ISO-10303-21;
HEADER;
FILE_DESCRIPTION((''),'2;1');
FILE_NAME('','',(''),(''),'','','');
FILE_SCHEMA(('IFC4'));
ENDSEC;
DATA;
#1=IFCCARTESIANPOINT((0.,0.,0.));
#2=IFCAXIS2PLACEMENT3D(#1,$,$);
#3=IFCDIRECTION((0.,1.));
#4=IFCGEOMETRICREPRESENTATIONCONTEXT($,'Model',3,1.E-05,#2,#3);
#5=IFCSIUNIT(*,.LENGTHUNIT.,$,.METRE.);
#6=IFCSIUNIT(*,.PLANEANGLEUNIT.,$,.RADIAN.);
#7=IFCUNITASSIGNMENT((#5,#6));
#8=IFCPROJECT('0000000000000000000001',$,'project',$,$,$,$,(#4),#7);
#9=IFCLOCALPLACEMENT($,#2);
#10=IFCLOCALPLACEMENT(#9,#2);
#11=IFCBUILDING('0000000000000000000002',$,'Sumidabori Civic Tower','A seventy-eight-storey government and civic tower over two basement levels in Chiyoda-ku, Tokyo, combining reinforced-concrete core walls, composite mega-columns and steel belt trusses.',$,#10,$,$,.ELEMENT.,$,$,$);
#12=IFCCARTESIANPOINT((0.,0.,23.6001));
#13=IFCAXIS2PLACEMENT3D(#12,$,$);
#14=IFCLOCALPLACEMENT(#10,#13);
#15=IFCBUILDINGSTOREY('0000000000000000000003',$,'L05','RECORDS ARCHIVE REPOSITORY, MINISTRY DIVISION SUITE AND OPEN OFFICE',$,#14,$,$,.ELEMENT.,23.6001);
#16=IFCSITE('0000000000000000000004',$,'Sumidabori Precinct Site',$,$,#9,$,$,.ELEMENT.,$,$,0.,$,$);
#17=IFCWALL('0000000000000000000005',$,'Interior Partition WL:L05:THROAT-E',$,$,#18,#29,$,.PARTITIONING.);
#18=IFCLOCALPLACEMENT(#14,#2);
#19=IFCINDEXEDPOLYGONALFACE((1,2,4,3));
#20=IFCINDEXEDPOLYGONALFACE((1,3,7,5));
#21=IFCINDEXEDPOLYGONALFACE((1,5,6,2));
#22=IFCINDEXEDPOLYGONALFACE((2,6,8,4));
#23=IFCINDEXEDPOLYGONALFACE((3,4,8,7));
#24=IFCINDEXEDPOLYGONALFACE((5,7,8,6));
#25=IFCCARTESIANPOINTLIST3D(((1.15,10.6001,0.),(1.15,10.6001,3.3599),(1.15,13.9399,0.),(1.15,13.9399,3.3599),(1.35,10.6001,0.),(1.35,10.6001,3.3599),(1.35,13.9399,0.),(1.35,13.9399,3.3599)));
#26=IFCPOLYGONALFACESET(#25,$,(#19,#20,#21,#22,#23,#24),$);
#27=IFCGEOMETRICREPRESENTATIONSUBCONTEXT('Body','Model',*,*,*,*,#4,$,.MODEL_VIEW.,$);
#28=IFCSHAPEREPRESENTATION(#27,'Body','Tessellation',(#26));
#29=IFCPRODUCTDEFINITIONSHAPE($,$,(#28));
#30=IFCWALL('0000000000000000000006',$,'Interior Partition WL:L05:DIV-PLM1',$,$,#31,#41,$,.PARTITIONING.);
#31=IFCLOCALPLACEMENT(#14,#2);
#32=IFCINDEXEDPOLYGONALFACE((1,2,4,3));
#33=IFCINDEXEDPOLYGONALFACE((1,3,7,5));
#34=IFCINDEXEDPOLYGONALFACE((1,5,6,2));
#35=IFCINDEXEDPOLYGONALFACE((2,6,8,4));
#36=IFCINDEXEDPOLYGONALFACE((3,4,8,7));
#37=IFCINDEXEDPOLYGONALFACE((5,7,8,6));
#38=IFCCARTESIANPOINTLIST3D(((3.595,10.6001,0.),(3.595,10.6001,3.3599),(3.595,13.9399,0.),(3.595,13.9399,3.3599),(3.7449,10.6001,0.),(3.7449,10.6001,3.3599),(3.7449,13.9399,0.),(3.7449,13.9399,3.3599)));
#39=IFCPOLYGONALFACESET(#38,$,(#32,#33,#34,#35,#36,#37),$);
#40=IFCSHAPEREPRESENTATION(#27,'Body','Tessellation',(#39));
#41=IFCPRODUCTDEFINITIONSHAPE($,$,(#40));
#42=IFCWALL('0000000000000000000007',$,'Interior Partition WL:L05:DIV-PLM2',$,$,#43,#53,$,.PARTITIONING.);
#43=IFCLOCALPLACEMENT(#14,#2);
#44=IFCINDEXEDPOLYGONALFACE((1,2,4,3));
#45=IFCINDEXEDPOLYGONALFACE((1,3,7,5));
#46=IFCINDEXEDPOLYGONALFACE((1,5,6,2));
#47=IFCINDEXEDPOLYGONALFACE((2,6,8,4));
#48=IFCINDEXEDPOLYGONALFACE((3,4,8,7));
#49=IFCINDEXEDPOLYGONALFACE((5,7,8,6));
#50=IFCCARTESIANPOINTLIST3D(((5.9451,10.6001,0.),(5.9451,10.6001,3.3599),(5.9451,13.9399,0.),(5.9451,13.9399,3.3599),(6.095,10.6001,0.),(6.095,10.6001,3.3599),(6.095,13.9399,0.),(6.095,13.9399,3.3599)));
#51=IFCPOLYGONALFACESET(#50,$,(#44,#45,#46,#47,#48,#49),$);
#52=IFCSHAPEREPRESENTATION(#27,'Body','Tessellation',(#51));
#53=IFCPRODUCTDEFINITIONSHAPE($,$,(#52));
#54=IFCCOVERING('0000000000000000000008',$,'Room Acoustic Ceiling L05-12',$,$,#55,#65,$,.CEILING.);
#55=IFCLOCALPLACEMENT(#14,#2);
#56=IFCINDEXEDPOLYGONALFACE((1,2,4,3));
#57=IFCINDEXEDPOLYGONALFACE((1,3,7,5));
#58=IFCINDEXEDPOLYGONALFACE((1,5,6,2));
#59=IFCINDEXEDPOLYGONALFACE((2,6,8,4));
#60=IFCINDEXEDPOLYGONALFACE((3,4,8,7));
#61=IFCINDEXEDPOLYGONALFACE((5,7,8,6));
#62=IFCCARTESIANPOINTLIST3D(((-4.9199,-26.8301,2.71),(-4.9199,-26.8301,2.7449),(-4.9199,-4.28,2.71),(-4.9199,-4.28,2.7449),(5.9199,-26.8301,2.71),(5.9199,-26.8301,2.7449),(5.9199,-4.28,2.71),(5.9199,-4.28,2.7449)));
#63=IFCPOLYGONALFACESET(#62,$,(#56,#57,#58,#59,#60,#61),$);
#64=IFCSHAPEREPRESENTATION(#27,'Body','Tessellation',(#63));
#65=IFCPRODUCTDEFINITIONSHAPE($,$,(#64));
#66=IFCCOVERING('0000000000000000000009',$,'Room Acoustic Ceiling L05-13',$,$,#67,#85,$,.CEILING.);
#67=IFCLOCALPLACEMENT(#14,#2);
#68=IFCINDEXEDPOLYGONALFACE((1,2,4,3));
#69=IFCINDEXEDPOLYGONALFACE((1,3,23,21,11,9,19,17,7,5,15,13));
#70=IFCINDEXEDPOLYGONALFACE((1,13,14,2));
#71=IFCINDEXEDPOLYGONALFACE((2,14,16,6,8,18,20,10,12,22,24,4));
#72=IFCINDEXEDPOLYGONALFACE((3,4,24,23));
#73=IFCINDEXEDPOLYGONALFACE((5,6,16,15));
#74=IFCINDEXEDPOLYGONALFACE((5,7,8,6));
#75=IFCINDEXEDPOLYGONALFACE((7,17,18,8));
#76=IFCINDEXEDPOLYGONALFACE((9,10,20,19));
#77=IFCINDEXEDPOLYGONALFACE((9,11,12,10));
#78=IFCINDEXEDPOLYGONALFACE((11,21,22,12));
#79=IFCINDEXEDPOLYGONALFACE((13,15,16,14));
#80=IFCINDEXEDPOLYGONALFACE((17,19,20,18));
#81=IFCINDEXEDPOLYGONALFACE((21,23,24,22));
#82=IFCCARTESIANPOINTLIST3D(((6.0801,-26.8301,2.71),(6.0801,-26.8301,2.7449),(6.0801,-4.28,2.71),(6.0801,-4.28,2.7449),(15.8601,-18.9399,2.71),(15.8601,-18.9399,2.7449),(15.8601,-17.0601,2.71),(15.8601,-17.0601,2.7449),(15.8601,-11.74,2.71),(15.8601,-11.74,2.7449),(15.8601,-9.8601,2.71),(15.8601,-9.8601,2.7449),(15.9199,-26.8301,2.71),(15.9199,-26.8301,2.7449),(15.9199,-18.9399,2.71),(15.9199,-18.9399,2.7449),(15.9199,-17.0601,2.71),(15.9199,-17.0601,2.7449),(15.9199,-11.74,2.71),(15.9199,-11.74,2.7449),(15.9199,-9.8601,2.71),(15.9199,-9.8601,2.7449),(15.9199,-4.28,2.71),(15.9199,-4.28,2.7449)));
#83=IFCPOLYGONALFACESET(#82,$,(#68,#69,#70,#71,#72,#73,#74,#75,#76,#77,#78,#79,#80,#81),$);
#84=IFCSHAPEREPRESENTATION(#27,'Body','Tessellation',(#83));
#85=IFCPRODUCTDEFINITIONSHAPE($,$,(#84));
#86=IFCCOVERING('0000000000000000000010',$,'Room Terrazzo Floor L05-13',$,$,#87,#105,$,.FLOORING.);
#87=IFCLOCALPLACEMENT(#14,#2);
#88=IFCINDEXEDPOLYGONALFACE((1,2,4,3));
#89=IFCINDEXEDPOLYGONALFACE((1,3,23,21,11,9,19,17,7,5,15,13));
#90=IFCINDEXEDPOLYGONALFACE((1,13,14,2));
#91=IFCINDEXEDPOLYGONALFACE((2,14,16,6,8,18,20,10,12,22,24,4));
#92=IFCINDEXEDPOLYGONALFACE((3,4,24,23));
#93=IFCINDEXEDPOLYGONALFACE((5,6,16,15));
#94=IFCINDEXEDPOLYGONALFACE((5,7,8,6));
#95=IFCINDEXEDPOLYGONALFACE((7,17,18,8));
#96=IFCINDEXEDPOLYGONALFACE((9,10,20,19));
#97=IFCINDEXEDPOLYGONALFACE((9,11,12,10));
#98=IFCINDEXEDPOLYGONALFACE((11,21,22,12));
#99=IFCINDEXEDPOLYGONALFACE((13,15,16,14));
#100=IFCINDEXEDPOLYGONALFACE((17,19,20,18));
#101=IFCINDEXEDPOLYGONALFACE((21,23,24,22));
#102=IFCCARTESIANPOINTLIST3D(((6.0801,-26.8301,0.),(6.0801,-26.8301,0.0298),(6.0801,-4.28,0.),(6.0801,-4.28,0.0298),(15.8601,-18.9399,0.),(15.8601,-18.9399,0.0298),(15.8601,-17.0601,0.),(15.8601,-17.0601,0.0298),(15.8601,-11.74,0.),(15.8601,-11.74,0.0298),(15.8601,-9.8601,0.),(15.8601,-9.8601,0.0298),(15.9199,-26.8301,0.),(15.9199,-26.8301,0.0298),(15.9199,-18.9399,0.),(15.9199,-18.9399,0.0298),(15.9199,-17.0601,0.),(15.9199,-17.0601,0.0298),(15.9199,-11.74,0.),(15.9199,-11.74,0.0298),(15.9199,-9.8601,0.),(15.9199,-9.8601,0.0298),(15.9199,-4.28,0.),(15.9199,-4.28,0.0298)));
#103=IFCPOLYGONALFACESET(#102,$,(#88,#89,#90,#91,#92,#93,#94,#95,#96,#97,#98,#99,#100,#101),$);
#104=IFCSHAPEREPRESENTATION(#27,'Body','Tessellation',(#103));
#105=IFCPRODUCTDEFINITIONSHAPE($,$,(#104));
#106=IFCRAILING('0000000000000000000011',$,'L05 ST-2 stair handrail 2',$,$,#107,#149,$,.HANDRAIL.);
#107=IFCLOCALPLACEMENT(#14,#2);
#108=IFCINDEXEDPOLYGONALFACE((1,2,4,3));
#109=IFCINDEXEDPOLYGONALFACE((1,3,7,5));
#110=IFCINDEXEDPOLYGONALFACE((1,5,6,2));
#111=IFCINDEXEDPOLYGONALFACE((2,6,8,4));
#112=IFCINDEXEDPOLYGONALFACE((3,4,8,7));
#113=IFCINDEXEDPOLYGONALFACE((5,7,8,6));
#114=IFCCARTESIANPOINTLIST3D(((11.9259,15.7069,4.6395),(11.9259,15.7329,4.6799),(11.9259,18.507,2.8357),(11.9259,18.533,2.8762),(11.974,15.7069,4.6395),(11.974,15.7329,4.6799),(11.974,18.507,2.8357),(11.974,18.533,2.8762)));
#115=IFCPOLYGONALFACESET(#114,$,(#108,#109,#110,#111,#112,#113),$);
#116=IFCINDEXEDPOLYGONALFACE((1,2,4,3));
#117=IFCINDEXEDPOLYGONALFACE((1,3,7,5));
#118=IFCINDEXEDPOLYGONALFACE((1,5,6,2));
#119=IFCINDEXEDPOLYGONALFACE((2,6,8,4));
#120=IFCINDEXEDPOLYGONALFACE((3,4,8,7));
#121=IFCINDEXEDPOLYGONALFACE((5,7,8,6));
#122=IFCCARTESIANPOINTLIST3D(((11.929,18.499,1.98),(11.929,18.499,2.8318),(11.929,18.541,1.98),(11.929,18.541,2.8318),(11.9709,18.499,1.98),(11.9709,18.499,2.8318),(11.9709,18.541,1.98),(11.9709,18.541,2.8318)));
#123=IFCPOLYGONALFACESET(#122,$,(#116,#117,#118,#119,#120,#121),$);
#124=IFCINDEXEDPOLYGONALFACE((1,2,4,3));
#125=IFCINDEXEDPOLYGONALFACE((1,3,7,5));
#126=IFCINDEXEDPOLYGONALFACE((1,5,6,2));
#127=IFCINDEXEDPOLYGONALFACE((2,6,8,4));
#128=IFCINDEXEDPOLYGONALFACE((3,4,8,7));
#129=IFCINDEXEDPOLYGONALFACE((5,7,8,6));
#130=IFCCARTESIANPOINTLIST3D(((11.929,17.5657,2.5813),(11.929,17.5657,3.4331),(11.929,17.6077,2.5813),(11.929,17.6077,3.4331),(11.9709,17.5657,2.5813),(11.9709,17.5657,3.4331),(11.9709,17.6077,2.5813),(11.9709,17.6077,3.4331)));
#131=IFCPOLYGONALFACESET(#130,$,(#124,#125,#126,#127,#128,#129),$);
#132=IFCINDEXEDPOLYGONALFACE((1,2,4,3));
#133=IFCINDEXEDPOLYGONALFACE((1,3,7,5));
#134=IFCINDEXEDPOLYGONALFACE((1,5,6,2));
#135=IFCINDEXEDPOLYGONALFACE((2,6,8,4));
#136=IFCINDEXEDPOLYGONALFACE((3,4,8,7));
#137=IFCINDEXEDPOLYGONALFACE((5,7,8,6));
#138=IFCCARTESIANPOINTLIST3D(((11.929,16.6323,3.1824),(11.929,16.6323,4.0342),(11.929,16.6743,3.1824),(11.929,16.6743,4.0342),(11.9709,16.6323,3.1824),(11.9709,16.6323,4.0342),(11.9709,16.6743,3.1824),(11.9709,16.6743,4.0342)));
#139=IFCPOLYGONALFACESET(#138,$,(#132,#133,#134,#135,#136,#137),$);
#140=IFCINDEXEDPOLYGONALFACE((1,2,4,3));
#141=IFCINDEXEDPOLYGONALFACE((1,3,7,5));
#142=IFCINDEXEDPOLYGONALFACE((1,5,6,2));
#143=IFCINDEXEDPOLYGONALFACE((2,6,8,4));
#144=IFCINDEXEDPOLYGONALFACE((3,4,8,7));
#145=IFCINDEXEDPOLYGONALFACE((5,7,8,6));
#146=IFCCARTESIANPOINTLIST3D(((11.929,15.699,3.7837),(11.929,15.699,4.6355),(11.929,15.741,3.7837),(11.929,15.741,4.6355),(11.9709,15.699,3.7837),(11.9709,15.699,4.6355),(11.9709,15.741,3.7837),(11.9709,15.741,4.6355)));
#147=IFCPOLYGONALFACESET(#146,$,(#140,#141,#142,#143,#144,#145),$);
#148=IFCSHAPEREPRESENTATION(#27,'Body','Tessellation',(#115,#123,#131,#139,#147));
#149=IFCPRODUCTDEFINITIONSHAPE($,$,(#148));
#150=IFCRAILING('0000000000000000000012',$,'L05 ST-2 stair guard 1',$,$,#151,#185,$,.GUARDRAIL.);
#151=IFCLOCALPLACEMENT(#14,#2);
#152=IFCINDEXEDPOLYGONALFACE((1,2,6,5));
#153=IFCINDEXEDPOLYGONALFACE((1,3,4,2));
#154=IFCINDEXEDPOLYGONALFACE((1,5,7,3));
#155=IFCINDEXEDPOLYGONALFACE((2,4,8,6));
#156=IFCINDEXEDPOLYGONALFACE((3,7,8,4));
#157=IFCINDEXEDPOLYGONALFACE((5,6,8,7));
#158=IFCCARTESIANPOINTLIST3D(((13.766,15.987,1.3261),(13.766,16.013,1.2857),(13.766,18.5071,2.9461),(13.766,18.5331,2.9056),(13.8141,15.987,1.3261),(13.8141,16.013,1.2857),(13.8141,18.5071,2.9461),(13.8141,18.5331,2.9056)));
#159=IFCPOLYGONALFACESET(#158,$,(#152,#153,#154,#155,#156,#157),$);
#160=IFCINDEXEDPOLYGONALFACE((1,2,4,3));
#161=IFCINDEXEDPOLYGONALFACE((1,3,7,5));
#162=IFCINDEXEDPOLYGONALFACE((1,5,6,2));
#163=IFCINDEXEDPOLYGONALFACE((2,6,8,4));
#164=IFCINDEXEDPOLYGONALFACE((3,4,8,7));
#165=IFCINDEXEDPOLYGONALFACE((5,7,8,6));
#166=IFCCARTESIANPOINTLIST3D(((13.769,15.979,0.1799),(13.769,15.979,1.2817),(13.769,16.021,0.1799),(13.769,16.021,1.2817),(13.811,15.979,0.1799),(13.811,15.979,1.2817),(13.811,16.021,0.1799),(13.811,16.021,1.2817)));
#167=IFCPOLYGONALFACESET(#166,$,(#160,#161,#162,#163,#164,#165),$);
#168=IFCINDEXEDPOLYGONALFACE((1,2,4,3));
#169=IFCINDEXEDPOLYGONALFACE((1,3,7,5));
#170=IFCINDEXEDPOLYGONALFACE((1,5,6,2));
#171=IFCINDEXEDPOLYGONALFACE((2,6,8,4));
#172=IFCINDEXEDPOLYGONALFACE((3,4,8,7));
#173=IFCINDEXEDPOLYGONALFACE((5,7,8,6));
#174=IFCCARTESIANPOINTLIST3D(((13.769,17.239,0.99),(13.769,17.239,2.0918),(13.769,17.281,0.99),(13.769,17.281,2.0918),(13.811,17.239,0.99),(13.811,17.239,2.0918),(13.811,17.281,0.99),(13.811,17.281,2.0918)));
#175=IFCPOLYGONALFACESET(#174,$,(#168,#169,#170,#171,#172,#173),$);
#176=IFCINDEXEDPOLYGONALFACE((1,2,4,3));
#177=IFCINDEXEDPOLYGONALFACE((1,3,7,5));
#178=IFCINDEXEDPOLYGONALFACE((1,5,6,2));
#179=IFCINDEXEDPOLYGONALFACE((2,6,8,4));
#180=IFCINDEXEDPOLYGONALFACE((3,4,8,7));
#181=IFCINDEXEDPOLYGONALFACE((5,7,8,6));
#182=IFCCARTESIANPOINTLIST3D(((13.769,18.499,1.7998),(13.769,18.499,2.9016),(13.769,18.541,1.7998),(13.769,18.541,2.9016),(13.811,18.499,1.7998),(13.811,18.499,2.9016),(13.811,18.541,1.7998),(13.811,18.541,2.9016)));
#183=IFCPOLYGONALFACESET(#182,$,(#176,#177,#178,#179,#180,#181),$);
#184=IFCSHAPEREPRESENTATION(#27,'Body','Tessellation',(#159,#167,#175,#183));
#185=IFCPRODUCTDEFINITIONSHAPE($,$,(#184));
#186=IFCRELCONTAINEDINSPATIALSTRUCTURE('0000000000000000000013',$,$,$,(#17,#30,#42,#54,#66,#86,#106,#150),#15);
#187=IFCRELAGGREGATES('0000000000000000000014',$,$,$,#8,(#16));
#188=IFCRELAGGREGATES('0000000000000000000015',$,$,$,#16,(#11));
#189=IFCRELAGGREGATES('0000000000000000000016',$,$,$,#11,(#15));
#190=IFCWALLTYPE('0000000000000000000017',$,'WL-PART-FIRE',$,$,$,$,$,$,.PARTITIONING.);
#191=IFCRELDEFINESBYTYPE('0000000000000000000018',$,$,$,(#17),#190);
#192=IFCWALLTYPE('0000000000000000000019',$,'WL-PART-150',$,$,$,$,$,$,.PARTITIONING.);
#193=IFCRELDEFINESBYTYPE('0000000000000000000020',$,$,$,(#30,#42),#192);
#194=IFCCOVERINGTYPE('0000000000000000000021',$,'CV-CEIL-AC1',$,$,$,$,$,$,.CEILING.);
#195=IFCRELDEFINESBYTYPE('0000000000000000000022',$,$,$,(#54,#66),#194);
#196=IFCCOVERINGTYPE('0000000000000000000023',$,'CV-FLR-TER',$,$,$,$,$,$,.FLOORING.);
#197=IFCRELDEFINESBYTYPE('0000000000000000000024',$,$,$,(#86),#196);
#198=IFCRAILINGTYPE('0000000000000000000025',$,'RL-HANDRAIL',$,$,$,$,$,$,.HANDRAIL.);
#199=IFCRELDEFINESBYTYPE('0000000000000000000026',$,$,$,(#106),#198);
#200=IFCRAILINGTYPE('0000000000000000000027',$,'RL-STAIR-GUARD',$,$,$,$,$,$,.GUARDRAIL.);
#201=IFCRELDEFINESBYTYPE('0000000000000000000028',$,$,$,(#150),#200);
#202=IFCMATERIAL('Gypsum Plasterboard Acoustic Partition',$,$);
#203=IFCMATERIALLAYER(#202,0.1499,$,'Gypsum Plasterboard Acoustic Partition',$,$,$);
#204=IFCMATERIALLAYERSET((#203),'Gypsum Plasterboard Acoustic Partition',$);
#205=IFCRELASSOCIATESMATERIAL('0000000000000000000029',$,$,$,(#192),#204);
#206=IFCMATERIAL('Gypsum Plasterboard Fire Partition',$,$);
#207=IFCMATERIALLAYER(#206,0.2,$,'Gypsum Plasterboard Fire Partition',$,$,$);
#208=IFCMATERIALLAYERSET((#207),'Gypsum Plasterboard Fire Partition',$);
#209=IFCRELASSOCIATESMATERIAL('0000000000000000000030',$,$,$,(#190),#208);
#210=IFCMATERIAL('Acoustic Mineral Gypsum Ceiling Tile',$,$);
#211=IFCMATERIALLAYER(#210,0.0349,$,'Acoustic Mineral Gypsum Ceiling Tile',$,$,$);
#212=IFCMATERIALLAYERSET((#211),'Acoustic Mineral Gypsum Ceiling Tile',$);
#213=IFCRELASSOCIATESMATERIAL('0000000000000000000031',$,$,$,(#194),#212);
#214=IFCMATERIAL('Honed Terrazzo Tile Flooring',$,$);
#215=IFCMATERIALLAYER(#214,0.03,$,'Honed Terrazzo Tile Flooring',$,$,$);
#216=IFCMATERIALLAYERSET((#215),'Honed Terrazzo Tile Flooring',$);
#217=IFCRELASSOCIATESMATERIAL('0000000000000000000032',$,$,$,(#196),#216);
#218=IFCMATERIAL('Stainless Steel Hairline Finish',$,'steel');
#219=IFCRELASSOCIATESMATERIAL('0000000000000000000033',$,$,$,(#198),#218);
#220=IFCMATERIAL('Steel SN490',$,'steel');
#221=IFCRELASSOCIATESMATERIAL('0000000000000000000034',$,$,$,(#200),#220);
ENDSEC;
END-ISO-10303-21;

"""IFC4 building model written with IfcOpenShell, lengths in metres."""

from ifc_helpers import new_model, si_unit, direction, frame, frame_2d, origin, origin_2d, place, context, subcontext, project, spatial, polyline, rectangle, outline, extrude, source, transform, mapped, material, layer, layer_set, type_object, element, save


model = new_model("IFC4")

# Units and contexts
model_context = context("Model", 3, precision=1e-05, world=origin(), true_north=direction((0.0, 1.0)))
body_context = subcontext(model_context, "Body", "Model", "MODEL_VIEW")
ifc_project = project(units=[si_unit("LENGTHUNIT", "METRE"), si_unit("PLANEANGLEUNIT", "RADIAN")], contexts=[model_context])

# Site, building, storey
site_placement = place(None, origin())
site = spatial("IfcSite", under=ifc_project, at=site_placement, Name="Sumidabori Precinct Site", CompositionType="ELEMENT", RefElevation=0.0)
building_placement = place(site_placement, origin())
building = spatial("IfcBuilding", under=site, at=building_placement, Name="Sumidabori Civic Tower", Description="A seventy-eight-storey government and civic tower over two basement levels in Chiyoda-ku, Tokyo, combining reinforced-concrete core walls, composite mega-columns and steel belt trusses.", CompositionType="ELEMENT")
storey_placement = place(building_placement, frame((0.0, 0.0, 23.6001)))
storey = spatial("IfcBuildingStorey", under=building, at=storey_placement, Name="L05", Description="RECORDS ARCHIVE REPOSITORY, MINISTRY DIVISION SUITE AND OPEN OFFICE", CompositionType="ELEMENT", Elevation=23.6001)

# Shared definitions
ifc_material_1 = material(Name="Steel SN490", Category="steel")

# Shared definitions
ifc_material_2 = material(Name="Stainless Steel Hairline Finish", Category="steel")

# Walls
ifc_material_3 = material(Name="Gypsum Plasterboard Acoustic Partition")
ifc_layer_1 = layer(ifc_material_3, 0.1499, Name="Gypsum Plasterboard Acoustic Partition")
ifc_layer_set_1 = layer_set([ifc_layer_1], Name="Gypsum Plasterboard Acoustic Partition")
wall_type_1 = type_object("IfcWallType", Name="WL-PART-150", PredefinedType="PARTITIONING", material=ifc_layer_set_1)
ifc_material_4 = material(Name="Gypsum Plasterboard Fire Partition")
ifc_layer_2 = layer(ifc_material_4, 0.2, Name="Gypsum Plasterboard Fire Partition")
ifc_layer_set_2 = layer_set([ifc_layer_2], Name="Gypsum Plasterboard Fire Partition")
wall_type_2 = type_object("IfcWallType", Name="WL-PART-FIRE", PredefinedType="PARTITIONING", material=ifc_layer_set_2)
shared_shape_1 = source(origin(), body_context, "Body", "SweptSolid", [
    extrude(rectangle(XDim=3.3398, YDim=0.2, at=frame_2d((1.6699, 0.0))), origin(), (0.0, 0.0, 1.0), 3.3599),
])
wall_1_placement = place(storey_placement, frame((1.25, 10.6001, 0.0), z_axis=(0.0, 0.0, 1.0), x_axis=(0.0, 1.0, 0.0)))
element("IfcWall", 1, at=wall_1_placement, inside=storey, type_object=wall_type_2, Name="Interior Partition WL:L05:THROAT-E", PredefinedType="PARTITIONING", context=body_context, shape_type="MappedRepresentation", body=[
    mapped(shared_shape_1, transform((0.0, 0.0, 0.0), x_axis=(1.0, 0.0, 0.0), y_axis=(0.0, 1.0, 0.0), z_axis=(0.0, 0.0, 1.0), scale=1.0)),
])
shared_shape_2 = source(origin(), body_context, "Body", "SweptSolid", [
    extrude(rectangle(XDim=3.3398, YDim=0.1499, at=frame_2d((1.6699, 0.0))), origin(), (0.0, 0.0, 1.0), 3.3599),
])
for number, where, z_axis, x_axis, name in (
    (2, (3.6699, 10.6001, 0.0), (0.0, 0.0, 1.0), (0.0, 1.0, 0.0), "Interior Partition WL:L05:DIV-PLM1"),
    (3, (6.02, 10.6001, 0.0), (0.0, 0.0, 1.0), (0.0, 1.0, 0.0), "Interior Partition WL:L05:DIV-PLM2"),
):
    element("IfcWall", number, at=place(storey_placement, frame(where, z_axis=z_axis, x_axis=x_axis)), inside=storey, type_object=wall_type_1, Name=name, PredefinedType="PARTITIONING", context=body_context, shape_type="MappedRepresentation", body=[
        mapped(shared_shape_2, transform((0.0, 0.0, 0.0), x_axis=(1.0, 0.0, 0.0), y_axis=(0.0, 1.0, 0.0), z_axis=(0.0, 0.0, 1.0), scale=1.0)),
    ])

# Coverings
ifc_material_5 = material(Name="Acoustic Mineral Gypsum Ceiling Tile")
ifc_layer_3 = layer(ifc_material_5, 0.0349, Name="Acoustic Mineral Gypsum Ceiling Tile")
ifc_layer_set_3 = layer_set([ifc_layer_3], Name="Acoustic Mineral Gypsum Ceiling Tile")
covering_type_1 = type_object("IfcCoveringType", Name="CV-CEIL-AC1", PredefinedType="CEILING", material=ifc_layer_set_3)
covering_1_placement = place(storey_placement, frame((0.0, 0.0, 2.71)))
element("IfcCovering", 4, at=covering_1_placement, inside=storey, type_object=covering_type_1, Name="Room Acoustic Ceiling L05-12", PredefinedType="CEILING", context=body_context, shape_type="SweptSolid", body=[
    extrude(outline(polyline([(5.9199, -26.8301), (-4.9199, -26.8301), (-4.9199, -4.28), (5.9199, -4.28), (5.9199, -26.8301)])), origin(), (0.0, 0.0, 1.0), 0.0349),
])
covering_2_placement = place(storey_placement, frame((0.0, 0.0, 2.71)))
element("IfcCovering", 5, at=covering_2_placement, inside=storey, type_object=covering_type_1, Name="Room Acoustic Ceiling L05-13", PredefinedType="CEILING", context=body_context, shape_type="SweptSolid", body=[
    extrude(outline(polyline([(15.9199, -18.9399), (15.9199, -26.8301), (6.0801, -26.8301), (6.0801, -4.28), (15.9199, -4.28), (15.9199, -9.8601), (15.8601, -9.8601), (15.8601, -11.74), (15.9199, -11.74), (15.9199, -17.0601), (15.8601, -17.0601), (15.8601, -18.9399), (15.9199, -18.9399)])), origin(), (0.0, 0.0, 1.0), 0.0349),
])
ifc_material_6 = material(Name="Honed Terrazzo Tile Flooring")
ifc_layer_4 = layer(ifc_material_6, 0.03, Name="Honed Terrazzo Tile Flooring")
ifc_layer_set_4 = layer_set([ifc_layer_4], Name="Honed Terrazzo Tile Flooring")
covering_type_2 = type_object("IfcCoveringType", Name="CV-FLR-TER", PredefinedType="FLOORING", material=ifc_layer_set_4)
covering_3_placement = place(storey_placement, origin())
element("IfcCovering", 6, at=covering_3_placement, inside=storey, type_object=covering_type_2, Name="Room Terrazzo Floor L05-13", PredefinedType="FLOORING", context=body_context, shape_type="SweptSolid", body=[
    extrude(outline(polyline([(15.9199, -18.9399), (15.9199, -26.8301), (6.0801, -26.8301), (6.0801, -4.28), (15.9199, -4.28), (15.9199, -9.8601), (15.8601, -9.8601), (15.8601, -11.74), (15.9199, -11.74), (15.9199, -17.0601), (15.8601, -17.0601), (15.8601, -18.9399), (15.9199, -18.9399)])), origin(), (0.0, 0.0, 1.0), 0.0298),
])

# Railings
railing_type_1 = type_object("IfcRailingType", Name="RL-HANDRAIL", PredefinedType="HANDRAIL", material=ifc_material_2)
railing_1_placement = place(storey_placement, frame((11.95, 18.52, 1.98)))
element("IfcRailing", 7, at=railing_1_placement, inside=storey, type_object=railing_type_1, Name="L05 ST-2 stair handrail 2", PredefinedType="HANDRAIL", context=body_context, shape_type="SweptSolid", body=[
    extrude(rectangle(XDim=0.0481, YDim=0.0481, at=origin_2d()), frame((0.0, 0.0, 0.876), z_axis=(0.0, -0.840676, 0.541539), x_axis=(1.0, 0.0, 0.0)), (0.0, 0.0, 1.0), 3.3308),
    extrude(rectangle(XDim=0.042, YDim=0.042, at=origin_2d()), origin(), (0.0, 0.0, 1.0), 0.8518),
    extrude(rectangle(XDim=0.042, YDim=0.042, at=origin_2d()), frame((0.0, -0.9333, 0.6013)), (0.0, 0.0, 1.0), 0.8518),
    extrude(rectangle(XDim=0.042, YDim=0.042, at=origin_2d()), frame((0.0, -1.8667, 1.2024)), (0.0, 0.0, 1.0), 0.8518),
    extrude(rectangle(XDim=0.042, YDim=0.042, at=origin_2d()), frame((0.0, -2.8, 1.8037)), (0.0, 0.0, 1.0), 0.8518),
])
railing_type_2 = type_object("IfcRailingType", Name="RL-STAIR-GUARD", PredefinedType="GUARDRAIL", material=ifc_material_1)
railing_2_placement = place(storey_placement, frame((13.79, 16.0, 0.1799)))
element("IfcRailing", 8, at=railing_2_placement, inside=storey, type_object=railing_type_2, Name="L05 ST-2 stair guard 1", PredefinedType="GUARDRAIL", context=body_context, shape_type="SweptSolid", body=[
    extrude(rectangle(XDim=0.0481, YDim=0.0481, at=origin_2d()), frame((0.0, 0.0, 1.126), z_axis=(0.0, 0.8412, 0.540725), x_axis=(-1.0, 0.0, 0.0)), (0.0, 0.0, 1.0), 2.9958),
    extrude(rectangle(XDim=0.042, YDim=0.042, at=origin_2d()), origin(), (0.0, 0.0, 1.0), 1.1018),
    extrude(rectangle(XDim=0.042, YDim=0.042, at=origin_2d()), frame((0.0, 1.26, 0.8101)), (0.0, 0.0, 1.0), 1.1018),
    extrude(rectangle(XDim=0.042, YDim=0.042, at=origin_2d()), frame((0.0, 2.52, 1.6199)), (0.0, 0.0, 1.0), 1.1018),
])

save(model, "model.ifc")
